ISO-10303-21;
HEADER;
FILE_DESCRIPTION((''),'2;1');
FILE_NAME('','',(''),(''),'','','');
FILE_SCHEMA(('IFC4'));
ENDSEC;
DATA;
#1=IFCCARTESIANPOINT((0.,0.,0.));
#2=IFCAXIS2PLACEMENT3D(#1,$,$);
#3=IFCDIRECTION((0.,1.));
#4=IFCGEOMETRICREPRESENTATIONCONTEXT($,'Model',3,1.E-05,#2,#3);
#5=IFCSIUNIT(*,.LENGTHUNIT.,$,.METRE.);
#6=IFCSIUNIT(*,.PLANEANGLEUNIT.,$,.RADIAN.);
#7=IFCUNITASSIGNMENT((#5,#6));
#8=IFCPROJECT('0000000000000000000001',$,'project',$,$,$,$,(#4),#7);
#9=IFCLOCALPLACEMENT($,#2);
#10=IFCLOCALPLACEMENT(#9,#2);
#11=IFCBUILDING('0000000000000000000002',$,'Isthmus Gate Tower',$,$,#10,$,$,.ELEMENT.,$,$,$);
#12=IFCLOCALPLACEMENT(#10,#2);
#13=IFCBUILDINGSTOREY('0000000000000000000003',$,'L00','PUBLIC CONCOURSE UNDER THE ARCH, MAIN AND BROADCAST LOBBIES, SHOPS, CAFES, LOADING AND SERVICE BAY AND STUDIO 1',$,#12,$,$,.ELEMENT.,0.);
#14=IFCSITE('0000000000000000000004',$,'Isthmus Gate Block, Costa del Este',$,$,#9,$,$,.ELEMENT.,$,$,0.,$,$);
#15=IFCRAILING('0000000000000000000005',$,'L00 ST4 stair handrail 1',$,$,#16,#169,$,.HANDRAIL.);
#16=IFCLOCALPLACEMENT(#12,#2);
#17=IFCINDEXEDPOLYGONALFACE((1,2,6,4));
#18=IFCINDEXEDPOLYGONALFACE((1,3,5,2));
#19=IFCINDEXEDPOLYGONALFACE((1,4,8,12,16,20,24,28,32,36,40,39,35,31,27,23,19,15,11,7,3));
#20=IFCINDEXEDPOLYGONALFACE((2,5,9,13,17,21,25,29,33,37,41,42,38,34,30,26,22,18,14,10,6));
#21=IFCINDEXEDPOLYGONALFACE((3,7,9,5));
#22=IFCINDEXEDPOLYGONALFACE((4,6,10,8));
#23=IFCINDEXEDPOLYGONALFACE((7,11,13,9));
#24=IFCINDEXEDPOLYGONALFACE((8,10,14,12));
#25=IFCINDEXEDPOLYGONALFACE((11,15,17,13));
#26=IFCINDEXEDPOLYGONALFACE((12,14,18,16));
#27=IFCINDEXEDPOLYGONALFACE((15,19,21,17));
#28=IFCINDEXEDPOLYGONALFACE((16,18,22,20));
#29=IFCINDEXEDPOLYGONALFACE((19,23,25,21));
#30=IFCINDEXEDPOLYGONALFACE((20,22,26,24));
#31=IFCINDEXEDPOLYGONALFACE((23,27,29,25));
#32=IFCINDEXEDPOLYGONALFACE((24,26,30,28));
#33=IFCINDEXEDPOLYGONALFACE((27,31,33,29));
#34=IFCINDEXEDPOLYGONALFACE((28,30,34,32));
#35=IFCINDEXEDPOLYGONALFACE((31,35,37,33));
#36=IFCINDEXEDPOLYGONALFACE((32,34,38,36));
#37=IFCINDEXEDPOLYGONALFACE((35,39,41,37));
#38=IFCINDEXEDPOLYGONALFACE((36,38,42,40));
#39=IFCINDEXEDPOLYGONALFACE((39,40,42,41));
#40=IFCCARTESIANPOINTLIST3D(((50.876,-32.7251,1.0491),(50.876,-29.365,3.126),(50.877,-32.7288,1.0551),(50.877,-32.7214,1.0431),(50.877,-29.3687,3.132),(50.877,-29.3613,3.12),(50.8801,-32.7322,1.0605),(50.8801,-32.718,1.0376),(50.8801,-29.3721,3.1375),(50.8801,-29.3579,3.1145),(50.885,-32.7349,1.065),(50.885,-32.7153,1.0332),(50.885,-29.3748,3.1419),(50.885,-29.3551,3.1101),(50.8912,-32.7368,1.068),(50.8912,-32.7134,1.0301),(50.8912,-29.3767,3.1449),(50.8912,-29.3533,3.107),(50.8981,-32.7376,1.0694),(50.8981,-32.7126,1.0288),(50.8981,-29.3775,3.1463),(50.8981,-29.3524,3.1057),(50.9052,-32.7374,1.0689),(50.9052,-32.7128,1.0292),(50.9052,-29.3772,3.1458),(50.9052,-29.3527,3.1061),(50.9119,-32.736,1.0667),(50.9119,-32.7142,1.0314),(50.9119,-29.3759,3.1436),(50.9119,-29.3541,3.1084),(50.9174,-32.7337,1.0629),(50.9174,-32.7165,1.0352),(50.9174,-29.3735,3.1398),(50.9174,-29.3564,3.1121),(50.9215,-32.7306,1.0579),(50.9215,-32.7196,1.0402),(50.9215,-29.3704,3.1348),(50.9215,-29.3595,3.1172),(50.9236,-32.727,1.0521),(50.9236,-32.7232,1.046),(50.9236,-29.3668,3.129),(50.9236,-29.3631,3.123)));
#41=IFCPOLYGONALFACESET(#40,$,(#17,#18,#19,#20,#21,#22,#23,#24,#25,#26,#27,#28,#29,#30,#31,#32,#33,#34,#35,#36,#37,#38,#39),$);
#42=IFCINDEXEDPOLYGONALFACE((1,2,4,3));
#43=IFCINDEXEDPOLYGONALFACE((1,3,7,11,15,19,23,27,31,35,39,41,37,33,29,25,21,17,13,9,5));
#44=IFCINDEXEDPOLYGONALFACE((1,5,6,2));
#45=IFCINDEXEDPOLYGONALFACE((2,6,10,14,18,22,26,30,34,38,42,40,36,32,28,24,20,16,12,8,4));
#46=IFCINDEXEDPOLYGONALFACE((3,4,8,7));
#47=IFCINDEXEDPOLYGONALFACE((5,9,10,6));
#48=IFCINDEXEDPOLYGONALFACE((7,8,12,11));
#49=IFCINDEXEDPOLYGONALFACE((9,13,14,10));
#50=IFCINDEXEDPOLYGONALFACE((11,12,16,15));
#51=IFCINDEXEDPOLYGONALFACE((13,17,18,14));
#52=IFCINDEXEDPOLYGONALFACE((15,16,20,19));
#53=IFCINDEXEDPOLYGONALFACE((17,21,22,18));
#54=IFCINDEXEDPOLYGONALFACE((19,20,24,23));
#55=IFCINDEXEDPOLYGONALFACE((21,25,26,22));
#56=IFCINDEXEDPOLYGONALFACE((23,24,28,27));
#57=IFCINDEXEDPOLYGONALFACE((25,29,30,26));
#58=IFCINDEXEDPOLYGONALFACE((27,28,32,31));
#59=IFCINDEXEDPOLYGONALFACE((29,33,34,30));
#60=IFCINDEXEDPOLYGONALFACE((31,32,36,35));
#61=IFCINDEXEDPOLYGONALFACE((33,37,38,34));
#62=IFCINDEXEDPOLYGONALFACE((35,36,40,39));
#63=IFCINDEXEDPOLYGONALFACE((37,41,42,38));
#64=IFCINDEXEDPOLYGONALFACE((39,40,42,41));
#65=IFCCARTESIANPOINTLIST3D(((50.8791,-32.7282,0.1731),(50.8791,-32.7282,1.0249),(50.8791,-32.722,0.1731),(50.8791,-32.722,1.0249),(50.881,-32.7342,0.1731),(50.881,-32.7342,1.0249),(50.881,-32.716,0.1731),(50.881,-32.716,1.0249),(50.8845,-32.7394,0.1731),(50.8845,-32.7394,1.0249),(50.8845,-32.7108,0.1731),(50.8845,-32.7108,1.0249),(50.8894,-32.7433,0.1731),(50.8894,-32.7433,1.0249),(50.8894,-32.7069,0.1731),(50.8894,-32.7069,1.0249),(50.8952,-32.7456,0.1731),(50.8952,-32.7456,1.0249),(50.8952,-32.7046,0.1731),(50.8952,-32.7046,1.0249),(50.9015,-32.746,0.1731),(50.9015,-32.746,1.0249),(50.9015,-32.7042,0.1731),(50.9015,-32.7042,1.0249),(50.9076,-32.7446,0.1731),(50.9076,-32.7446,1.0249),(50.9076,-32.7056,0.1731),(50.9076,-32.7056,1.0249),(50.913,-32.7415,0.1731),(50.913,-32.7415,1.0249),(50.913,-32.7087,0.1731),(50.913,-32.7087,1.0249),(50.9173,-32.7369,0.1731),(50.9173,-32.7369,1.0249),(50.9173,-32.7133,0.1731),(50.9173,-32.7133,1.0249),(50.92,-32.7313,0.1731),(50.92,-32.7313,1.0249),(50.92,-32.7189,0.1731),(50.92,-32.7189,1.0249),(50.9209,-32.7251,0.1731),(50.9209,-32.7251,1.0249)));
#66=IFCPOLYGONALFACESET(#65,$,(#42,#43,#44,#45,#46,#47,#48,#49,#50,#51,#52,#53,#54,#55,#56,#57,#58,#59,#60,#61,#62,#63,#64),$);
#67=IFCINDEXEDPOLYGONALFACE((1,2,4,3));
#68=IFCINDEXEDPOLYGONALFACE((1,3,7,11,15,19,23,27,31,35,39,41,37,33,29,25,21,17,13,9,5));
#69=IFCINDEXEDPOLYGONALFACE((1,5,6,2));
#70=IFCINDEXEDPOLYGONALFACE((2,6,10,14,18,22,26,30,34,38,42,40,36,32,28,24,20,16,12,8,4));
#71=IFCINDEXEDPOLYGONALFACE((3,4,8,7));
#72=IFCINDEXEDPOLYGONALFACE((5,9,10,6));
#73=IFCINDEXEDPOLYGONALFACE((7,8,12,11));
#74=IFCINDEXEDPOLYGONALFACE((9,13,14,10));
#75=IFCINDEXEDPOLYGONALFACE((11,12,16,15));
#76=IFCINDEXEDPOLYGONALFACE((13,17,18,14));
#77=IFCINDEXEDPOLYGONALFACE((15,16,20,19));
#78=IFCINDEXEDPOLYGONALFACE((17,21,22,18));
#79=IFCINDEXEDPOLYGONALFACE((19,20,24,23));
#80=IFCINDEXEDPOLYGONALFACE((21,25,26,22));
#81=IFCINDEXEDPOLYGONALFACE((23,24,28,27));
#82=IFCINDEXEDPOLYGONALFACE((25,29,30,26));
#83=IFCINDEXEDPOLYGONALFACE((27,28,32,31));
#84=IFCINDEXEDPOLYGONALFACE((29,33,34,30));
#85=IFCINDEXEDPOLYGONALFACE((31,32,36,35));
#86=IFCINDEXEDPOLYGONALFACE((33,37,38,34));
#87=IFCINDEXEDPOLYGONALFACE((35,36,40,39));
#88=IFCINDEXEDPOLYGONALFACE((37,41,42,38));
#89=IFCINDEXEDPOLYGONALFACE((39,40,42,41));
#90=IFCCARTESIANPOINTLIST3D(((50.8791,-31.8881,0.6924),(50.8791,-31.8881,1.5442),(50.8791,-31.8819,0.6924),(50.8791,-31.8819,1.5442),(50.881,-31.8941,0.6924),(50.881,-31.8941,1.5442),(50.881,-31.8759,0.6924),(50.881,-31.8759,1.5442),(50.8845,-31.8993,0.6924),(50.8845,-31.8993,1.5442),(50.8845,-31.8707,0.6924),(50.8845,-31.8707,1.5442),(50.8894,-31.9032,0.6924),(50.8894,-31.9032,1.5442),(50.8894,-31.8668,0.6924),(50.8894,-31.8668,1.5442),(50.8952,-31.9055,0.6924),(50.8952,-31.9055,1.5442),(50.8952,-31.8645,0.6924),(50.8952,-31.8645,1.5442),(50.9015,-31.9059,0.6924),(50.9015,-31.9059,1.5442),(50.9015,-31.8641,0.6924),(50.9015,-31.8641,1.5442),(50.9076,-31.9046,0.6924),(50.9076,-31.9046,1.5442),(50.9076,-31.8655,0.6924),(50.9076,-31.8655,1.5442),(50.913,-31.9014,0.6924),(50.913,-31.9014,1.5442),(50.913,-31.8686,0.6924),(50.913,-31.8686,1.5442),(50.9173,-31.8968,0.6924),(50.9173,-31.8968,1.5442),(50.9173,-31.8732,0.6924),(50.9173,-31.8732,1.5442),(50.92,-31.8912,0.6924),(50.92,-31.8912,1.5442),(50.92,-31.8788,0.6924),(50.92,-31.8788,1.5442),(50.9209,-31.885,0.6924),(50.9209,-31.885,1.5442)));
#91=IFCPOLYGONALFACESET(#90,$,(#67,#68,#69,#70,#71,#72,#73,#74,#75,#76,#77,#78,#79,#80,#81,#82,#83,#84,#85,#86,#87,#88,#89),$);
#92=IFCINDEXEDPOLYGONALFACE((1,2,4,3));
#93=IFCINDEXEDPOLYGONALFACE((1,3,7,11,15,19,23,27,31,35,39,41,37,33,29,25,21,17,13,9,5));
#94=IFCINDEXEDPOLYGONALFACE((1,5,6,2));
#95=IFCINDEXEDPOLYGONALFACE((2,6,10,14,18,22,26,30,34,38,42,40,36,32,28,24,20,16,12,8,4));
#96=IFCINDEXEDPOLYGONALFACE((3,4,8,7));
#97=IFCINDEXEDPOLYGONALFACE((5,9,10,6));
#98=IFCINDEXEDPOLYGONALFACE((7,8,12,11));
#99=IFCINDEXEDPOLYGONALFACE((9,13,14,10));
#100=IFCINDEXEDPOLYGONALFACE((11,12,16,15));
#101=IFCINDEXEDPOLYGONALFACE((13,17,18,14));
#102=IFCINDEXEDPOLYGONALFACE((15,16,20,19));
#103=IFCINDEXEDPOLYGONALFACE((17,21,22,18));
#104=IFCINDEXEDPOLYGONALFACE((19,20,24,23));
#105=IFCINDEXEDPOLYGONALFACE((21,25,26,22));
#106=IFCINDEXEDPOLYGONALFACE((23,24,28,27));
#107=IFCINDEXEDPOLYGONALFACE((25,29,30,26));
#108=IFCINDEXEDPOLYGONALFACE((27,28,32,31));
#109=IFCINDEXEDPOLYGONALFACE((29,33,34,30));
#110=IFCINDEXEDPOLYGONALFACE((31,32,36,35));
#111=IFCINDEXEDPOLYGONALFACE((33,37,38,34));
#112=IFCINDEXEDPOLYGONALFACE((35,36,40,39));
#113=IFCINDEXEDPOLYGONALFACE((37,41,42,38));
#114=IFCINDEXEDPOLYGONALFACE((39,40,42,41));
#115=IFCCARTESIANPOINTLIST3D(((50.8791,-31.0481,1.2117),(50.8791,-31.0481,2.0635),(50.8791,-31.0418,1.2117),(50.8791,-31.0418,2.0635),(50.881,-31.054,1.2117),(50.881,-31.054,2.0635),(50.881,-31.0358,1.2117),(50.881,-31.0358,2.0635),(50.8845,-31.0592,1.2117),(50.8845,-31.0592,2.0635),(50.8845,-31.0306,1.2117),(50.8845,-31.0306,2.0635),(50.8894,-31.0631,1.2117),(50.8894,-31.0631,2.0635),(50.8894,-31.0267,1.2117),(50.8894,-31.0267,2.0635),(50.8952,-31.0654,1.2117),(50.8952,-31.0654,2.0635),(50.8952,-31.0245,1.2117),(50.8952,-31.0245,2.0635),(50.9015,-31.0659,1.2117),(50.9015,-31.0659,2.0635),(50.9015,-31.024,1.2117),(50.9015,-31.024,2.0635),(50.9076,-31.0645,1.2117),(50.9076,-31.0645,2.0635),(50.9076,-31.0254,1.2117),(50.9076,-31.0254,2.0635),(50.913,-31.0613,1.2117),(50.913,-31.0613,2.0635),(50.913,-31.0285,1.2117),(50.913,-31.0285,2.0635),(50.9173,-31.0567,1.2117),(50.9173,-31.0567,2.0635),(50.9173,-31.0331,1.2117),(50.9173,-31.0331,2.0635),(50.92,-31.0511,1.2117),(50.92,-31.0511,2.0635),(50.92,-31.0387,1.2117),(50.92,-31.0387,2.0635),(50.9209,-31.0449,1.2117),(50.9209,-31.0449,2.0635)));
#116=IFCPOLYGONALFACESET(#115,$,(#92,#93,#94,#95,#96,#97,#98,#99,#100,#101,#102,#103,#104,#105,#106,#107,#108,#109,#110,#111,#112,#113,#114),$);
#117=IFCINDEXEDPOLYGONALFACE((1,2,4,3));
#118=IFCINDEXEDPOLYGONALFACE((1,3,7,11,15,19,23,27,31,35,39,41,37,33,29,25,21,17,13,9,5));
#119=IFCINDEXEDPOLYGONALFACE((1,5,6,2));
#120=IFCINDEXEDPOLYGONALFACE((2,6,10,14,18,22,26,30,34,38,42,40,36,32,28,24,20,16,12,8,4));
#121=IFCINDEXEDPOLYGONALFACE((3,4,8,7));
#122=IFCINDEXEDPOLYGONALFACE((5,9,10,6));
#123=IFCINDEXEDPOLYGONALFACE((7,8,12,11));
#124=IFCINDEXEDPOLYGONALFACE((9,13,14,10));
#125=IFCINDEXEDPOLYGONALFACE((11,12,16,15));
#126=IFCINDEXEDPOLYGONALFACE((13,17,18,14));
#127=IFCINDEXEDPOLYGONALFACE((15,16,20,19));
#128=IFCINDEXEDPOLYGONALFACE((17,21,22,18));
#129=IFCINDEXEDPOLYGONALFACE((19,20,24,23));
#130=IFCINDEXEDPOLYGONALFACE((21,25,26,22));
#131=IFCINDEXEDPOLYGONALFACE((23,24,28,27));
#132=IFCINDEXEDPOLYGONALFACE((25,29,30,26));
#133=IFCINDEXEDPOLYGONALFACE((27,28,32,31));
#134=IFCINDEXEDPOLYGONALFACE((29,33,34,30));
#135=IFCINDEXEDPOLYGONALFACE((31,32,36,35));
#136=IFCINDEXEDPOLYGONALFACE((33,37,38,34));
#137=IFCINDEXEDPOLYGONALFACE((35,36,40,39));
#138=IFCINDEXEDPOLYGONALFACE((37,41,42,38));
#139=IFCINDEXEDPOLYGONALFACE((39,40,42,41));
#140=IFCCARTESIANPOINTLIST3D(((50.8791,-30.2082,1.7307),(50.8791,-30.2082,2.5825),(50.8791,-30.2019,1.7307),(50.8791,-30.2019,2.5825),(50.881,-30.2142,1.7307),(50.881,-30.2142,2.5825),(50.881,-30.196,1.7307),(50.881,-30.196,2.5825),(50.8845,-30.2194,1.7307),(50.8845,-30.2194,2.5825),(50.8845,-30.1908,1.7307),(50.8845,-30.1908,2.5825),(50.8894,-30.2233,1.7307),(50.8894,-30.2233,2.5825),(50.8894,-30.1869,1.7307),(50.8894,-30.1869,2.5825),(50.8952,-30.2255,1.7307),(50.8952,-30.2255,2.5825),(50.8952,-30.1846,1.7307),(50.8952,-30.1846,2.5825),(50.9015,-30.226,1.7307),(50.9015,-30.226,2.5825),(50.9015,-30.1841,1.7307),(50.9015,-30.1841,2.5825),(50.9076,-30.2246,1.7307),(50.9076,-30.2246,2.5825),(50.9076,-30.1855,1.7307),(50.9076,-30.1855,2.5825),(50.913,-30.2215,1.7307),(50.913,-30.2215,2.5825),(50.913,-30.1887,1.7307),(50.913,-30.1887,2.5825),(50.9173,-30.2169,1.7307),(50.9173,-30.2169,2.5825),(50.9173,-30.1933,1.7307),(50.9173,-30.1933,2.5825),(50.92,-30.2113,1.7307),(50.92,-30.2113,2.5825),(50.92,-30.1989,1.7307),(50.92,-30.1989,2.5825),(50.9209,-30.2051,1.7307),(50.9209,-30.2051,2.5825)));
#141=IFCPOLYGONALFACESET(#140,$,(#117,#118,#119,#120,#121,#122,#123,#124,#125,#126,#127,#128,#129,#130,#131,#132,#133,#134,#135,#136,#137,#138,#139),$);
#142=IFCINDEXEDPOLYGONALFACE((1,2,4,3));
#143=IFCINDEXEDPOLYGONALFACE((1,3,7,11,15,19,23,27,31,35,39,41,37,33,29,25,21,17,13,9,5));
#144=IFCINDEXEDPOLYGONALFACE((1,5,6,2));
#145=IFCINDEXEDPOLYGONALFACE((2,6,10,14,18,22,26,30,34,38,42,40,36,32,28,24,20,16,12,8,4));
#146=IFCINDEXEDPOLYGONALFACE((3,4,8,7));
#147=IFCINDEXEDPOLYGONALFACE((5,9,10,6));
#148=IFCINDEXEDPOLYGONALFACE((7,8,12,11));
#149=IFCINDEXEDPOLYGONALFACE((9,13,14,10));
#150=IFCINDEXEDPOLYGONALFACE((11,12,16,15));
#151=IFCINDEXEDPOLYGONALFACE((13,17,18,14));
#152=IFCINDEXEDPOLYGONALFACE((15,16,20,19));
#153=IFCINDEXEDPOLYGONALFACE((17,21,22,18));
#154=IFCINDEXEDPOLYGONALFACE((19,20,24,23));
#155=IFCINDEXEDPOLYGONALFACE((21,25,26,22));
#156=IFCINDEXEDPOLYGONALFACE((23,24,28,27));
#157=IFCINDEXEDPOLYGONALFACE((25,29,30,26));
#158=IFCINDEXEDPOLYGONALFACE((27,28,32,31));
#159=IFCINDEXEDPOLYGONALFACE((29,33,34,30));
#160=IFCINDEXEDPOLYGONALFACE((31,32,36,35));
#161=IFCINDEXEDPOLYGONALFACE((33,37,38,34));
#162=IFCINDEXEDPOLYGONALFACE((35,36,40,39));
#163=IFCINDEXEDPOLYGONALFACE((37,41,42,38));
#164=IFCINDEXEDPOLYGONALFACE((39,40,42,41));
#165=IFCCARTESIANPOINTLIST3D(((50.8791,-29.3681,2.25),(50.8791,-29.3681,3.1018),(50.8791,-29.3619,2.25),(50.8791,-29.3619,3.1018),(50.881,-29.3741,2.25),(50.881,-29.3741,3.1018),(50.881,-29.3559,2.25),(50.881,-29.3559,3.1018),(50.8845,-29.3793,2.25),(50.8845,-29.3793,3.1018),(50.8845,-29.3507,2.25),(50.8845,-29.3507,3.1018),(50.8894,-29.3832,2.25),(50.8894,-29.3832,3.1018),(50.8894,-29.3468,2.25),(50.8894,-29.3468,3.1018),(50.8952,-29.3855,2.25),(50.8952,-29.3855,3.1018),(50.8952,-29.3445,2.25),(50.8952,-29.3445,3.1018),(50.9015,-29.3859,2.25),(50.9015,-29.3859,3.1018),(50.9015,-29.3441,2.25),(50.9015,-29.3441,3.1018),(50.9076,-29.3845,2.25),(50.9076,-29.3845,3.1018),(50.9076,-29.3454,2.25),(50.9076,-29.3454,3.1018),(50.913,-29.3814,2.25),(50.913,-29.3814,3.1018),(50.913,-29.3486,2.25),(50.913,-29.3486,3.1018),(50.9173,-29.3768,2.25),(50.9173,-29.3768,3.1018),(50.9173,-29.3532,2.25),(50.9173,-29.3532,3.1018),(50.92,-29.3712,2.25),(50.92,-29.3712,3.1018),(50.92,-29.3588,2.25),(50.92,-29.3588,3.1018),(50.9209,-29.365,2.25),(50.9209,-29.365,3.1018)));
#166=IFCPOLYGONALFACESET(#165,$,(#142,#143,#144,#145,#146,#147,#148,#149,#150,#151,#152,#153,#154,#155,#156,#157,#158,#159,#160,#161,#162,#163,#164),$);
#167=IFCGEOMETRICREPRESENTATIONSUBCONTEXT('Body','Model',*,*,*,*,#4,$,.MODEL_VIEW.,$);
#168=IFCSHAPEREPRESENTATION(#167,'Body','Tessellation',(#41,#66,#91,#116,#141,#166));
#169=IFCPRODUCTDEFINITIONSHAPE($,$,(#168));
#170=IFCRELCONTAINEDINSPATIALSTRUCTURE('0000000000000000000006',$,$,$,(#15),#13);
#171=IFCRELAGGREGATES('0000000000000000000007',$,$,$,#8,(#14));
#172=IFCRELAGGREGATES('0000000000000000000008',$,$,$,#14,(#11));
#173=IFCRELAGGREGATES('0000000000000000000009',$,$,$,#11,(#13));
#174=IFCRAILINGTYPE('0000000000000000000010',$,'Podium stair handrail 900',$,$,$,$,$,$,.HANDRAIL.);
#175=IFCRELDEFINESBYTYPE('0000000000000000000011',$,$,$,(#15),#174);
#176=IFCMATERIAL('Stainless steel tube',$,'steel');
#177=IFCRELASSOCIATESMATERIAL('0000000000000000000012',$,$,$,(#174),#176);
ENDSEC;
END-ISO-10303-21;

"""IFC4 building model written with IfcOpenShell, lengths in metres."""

from ifc_helpers import new_model, si_unit, direction, frame, origin, origin_2d, place, context, subcontext, project, spatial, circle, extrude, material, type_object, element, save


model = new_model("IFC4")

# Units and contexts
model_context = context("Model", 3, precision=1e-05, world=origin(), true_north=direction((0.0, 1.0)))
body_context = subcontext(model_context, "Body", "Model", "MODEL_VIEW")
ifc_project = project(units=[si_unit("LENGTHUNIT", "METRE"), si_unit("PLANEANGLEUNIT", "RADIAN")], contexts=[model_context])

# Site, building, storey
site_placement = place(None, origin())
site = spatial("IfcSite", under=ifc_project, at=site_placement, Name="Isthmus Gate Block, Costa del Este", CompositionType="ELEMENT", RefElevation=0.0)
building_placement = place(site_placement, origin())
building = spatial("IfcBuilding", under=site, at=building_placement, Name="Isthmus Gate Tower", CompositionType="ELEMENT")
storey_placement = place(building_placement, origin())
storey = spatial("IfcBuildingStorey", under=building, at=storey_placement, Name="L00", Description="PUBLIC CONCOURSE UNDER THE ARCH, MAIN AND BROADCAST LOBBIES, SHOPS, CAFES, LOADING AND SERVICE BAY AND STUDIO 1", CompositionType="ELEMENT", Elevation=0.0)

# Railing
ifc_material_1 = material(Name="Stainless steel tube", Category="steel")
railing_type_1 = type_object("IfcRailingType", Name="Podium stair handrail 900", PredefinedType="HANDRAIL", material=ifc_material_1)
railing_1_placement = place(storey_placement, frame((50.8999, -32.7251, 0.1731)))
element("IfcRailing", 1, at=railing_1_placement, inside=storey, type_object=railing_type_1, Name="L00 ST4 stair handrail 1", PredefinedType="HANDRAIL", context=body_context, shape_type="SweptSolid", body=[
    extrude(circle(Radius=0.0239, at=origin_2d()), frame((0.0, 0.0, 0.876), z_axis=(0.0, 0.850623, 0.525776), x_axis=(-1.0, 0.0, 0.0)), (0.0, 0.0, 1.0), 3.9502),
    extrude(circle(Radius=0.021, at=origin_2d()), origin(), (0.0, 0.0, 1.0), 0.8518),
    extrude(circle(Radius=0.021, at=origin_2d()), frame((0.0, 0.8401, 0.5193)), (0.0, 0.0, 1.0), 0.8518),
    extrude(circle(Radius=0.021, at=origin_2d()), frame((0.0, 1.6802, 1.0386)), (0.0, 0.0, 1.0), 0.8518),
    extrude(circle(Radius=0.021, at=origin_2d()), frame((0.0, 2.52, 1.5576)), (0.0, 0.0, 1.0), 0.8518),
    extrude(circle(Radius=0.021, at=origin_2d()), frame((0.0, 3.3601, 2.0769)), (0.0, 0.0, 1.0), 0.8518),
])

save(model, "model.ifc")
